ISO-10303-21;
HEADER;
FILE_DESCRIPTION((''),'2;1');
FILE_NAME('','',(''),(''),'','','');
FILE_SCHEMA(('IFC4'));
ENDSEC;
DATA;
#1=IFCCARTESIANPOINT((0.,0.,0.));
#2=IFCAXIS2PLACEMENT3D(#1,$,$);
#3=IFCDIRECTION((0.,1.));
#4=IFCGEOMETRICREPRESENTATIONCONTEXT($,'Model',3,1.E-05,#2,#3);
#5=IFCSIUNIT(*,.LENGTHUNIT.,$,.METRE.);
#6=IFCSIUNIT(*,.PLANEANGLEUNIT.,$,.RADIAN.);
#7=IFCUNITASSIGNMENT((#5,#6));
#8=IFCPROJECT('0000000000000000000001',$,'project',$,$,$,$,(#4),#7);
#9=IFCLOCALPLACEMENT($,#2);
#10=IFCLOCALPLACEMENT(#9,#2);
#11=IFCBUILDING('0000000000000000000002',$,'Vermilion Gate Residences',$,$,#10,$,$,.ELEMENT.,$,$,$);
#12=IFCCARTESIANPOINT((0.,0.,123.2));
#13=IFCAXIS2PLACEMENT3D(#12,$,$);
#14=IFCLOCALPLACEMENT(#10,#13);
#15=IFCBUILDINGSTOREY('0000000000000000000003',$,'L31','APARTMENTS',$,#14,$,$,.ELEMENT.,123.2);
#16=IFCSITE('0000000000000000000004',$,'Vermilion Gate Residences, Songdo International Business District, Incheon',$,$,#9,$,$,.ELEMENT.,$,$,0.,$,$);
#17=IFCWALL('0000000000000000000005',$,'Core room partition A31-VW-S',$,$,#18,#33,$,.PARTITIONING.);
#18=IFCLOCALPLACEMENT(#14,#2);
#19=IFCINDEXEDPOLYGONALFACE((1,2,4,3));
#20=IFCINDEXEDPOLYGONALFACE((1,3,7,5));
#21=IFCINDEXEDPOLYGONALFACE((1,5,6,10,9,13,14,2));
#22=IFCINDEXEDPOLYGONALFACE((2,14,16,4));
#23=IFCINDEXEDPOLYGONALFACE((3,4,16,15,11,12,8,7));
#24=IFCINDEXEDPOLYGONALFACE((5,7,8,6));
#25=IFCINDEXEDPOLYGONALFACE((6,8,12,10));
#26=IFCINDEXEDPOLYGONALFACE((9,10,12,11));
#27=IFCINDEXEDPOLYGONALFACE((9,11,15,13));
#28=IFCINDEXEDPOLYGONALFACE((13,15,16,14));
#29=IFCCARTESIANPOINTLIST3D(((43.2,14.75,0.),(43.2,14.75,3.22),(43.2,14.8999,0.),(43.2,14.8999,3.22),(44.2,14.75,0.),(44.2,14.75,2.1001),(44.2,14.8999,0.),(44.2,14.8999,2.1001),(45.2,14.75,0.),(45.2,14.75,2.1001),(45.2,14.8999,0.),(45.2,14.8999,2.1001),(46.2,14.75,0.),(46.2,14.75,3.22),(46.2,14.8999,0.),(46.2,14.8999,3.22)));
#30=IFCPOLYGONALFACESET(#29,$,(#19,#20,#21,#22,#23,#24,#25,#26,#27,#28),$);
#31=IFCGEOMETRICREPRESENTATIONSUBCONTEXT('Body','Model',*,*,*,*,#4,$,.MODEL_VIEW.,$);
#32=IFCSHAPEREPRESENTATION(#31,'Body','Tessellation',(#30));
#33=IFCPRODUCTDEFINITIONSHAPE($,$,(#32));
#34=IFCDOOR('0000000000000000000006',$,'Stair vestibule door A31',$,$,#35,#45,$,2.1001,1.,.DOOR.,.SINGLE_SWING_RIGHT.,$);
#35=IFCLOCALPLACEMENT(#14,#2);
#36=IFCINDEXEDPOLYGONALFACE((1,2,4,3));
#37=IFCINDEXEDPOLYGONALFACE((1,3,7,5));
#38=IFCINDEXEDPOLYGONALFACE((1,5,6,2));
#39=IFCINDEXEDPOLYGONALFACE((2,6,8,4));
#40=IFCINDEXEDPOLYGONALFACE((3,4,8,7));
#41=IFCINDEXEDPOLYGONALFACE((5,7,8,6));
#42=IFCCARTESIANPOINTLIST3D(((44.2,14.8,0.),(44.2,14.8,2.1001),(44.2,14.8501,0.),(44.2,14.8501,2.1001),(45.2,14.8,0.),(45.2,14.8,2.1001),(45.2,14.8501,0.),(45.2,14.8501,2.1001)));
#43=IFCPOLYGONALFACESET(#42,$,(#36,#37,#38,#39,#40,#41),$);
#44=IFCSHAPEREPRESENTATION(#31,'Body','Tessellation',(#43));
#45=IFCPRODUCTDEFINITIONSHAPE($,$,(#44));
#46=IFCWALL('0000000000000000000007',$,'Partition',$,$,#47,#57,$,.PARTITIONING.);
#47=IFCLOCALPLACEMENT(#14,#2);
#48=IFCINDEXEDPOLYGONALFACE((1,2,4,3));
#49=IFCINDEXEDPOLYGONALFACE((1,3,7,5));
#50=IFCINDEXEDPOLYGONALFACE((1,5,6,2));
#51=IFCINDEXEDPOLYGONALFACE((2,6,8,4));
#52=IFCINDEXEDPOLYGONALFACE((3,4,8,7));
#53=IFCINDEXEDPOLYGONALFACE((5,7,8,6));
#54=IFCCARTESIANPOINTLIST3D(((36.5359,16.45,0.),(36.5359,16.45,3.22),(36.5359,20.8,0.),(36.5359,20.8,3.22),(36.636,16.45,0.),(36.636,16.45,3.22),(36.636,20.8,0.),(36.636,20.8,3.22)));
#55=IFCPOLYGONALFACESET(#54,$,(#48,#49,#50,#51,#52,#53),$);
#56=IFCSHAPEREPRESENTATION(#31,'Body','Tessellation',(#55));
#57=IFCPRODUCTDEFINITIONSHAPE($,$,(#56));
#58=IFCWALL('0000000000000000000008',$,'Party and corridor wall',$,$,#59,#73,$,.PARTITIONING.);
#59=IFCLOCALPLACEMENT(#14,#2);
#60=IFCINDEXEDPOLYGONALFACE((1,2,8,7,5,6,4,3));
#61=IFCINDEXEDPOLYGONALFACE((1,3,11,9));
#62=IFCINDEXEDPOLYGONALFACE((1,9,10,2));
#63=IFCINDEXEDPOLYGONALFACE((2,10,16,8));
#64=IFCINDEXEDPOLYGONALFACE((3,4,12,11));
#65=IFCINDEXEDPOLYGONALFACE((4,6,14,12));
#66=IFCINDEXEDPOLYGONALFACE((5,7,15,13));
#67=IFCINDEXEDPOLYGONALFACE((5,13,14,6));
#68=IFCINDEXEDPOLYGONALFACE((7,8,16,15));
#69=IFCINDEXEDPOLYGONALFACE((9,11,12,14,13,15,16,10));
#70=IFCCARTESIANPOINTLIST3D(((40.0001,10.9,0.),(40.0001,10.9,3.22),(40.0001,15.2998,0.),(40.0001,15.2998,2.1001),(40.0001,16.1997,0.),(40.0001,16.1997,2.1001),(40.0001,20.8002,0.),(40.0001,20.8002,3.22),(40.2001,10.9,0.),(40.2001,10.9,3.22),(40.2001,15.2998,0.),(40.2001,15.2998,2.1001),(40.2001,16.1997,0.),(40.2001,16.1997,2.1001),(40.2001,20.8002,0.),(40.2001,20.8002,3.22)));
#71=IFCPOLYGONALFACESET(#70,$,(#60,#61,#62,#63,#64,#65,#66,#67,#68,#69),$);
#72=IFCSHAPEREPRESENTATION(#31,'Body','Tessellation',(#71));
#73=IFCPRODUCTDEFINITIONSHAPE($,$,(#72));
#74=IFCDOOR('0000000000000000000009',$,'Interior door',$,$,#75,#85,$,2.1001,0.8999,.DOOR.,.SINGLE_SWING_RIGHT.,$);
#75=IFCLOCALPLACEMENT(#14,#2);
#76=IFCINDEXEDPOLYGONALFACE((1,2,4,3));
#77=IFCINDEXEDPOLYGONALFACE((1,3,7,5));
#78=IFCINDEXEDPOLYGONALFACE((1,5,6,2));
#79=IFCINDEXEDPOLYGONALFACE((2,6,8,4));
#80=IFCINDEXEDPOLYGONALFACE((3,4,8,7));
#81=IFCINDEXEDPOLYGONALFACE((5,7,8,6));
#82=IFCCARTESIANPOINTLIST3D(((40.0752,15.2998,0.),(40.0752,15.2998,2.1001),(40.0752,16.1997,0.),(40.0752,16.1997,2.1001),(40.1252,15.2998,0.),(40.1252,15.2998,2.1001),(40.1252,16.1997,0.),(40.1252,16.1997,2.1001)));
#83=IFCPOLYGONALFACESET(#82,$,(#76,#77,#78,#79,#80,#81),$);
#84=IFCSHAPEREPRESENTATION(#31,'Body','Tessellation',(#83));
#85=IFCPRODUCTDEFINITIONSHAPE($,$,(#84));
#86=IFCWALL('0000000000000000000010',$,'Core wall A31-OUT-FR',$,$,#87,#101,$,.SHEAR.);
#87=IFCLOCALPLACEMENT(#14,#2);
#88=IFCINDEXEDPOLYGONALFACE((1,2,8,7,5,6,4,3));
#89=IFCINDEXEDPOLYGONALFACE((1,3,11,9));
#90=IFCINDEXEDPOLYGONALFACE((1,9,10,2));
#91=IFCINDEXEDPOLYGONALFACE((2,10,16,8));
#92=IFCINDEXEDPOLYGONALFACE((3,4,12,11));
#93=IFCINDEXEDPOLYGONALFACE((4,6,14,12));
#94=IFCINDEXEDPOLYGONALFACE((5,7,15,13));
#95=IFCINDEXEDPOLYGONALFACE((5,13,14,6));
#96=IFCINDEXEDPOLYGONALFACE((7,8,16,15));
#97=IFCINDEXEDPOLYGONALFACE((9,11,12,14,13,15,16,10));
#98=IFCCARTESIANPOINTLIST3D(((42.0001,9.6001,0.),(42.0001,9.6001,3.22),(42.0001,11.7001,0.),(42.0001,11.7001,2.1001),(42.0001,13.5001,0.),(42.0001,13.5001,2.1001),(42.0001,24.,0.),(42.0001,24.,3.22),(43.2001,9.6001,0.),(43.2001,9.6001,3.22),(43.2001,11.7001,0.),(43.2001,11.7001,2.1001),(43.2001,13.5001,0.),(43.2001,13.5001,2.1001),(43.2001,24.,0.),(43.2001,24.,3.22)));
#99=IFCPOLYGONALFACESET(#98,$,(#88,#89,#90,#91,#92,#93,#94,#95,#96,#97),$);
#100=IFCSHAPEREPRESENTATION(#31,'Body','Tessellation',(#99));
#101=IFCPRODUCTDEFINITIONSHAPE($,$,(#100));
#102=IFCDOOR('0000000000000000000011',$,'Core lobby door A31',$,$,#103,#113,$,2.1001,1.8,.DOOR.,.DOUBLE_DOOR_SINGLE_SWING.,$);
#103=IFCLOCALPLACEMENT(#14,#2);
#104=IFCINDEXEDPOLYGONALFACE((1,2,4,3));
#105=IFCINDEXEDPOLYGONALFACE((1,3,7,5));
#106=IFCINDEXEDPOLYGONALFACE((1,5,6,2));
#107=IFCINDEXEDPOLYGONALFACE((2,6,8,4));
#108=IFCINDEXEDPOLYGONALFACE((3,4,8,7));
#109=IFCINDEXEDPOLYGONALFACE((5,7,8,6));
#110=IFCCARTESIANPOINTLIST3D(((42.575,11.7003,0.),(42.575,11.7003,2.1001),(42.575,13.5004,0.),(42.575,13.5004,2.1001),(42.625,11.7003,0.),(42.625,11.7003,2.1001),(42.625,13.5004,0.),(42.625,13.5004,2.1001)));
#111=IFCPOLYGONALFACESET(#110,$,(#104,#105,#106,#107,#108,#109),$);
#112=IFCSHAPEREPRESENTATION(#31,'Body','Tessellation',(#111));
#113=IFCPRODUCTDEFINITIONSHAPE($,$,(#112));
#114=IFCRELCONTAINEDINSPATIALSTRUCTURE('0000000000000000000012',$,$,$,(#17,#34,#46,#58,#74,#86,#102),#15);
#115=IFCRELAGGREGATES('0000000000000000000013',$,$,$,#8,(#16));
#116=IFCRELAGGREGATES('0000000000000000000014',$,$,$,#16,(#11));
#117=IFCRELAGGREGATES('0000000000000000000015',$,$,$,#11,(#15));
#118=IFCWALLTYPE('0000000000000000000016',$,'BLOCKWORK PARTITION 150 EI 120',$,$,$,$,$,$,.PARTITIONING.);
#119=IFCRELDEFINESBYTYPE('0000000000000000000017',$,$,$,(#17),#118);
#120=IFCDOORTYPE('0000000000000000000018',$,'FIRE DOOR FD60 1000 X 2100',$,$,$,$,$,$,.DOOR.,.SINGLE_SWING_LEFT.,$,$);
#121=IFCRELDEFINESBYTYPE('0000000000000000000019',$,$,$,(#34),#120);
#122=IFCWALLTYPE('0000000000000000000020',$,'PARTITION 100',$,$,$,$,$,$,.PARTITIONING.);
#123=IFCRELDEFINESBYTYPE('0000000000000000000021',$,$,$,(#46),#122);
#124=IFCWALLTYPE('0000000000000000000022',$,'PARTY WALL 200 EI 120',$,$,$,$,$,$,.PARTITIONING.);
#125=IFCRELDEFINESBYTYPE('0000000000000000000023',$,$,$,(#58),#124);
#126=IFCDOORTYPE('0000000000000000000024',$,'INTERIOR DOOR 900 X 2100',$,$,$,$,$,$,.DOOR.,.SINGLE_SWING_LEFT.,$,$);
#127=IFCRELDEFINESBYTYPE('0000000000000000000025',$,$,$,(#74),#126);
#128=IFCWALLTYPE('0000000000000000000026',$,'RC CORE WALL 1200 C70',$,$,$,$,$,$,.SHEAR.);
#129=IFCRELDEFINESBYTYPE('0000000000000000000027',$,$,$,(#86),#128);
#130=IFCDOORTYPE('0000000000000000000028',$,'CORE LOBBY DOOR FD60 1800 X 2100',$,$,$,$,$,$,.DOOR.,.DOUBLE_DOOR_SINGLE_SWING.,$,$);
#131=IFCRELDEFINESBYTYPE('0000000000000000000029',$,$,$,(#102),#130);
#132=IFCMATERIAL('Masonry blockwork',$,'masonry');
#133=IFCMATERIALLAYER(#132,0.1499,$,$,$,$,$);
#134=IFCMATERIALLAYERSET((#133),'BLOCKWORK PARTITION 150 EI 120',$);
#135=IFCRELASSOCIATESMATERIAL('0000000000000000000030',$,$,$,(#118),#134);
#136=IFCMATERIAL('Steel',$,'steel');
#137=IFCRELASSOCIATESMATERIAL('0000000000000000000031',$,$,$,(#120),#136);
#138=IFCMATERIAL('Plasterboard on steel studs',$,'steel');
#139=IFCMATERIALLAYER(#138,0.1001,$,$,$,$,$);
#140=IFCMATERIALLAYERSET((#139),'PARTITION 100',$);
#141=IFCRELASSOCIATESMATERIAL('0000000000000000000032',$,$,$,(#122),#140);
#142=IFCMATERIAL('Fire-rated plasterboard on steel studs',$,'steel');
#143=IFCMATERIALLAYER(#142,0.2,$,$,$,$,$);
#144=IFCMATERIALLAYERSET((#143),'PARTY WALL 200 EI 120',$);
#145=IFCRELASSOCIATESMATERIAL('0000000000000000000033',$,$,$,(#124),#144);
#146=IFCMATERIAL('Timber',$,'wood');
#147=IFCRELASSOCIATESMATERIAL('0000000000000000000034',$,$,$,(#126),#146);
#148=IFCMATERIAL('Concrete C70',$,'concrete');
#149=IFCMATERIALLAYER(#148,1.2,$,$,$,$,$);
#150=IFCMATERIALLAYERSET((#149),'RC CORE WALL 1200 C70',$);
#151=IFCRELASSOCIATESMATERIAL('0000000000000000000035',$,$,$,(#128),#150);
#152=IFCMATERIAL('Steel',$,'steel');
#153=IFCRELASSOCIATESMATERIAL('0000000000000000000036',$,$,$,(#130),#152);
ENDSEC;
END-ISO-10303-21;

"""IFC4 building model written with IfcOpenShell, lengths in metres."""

from ifc_helpers import new_model, si_unit, direction, frame, frame_2d, origin, place, context, subcontext, project, spatial, rectangle, extrude, material, layer, layer_set, type_object, element, fill, save


model = new_model("IFC4")

# Units and contexts
model_context = context("Model", 3, precision=1e-05, world=origin(), true_north=direction((0.0, 1.0)))
body_context = subcontext(model_context, "Body", "Model", "MODEL_VIEW")
ifc_project = project(units=[si_unit("LENGTHUNIT", "METRE"), si_unit("PLANEANGLEUNIT", "RADIAN")], contexts=[model_context])

# Site, building, storey
site_placement = place(None, origin())
site = spatial("IfcSite", under=ifc_project, at=site_placement, Name="Vermilion Gate Residences, Songdo International Business District, Incheon", CompositionType="ELEMENT", RefElevation=0.0)
building_placement = place(site_placement, origin())
building = spatial("IfcBuilding", under=site, at=building_placement, Name="Vermilion Gate Residences", CompositionType="ELEMENT")
storey_placement = place(building_placement, frame((0.0, 0.0, 123.2)))
storey = spatial("IfcBuildingStorey", under=building, at=storey_placement, Name="L31", Description="APARTMENTS", CompositionType="ELEMENT", Elevation=123.2)

# Wall, opening, door
ifc_material_1 = material(Name="Masonry blockwork", Category="masonry")
ifc_layer_1 = layer(ifc_material_1, 0.1499)
ifc_layer_set_1 = layer_set([ifc_layer_1], Name="BLOCKWORK PARTITION 150 EI 120")
wall_type_1 = type_object("IfcWallType", Name="BLOCKWORK PARTITION 150 EI 120", PredefinedType="PARTITIONING", material=ifc_layer_set_1)
wall_1_placement = place(storey_placement, frame((43.2, 14.825, 0.0), z_axis=(0.0, 0.0, 1.0), x_axis=(1.0, 0.0, 0.0)))
wall_1 = element("IfcWall", 1, at=wall_1_placement, inside=storey, type_object=wall_type_1, Name="Core room partition A31-VW-S", PredefinedType="PARTITIONING", context=body_context, shape_type="SweptSolid", body=[
    extrude(rectangle(XDim=3.0, YDim=0.1499, at=frame_2d((1.5, 0.0))), origin(), (0.0, 0.0, 1.0), 3.22),
])
opening_1_placement = place(wall_1_placement, frame((1.0, 0.0, 0.0)))
opening_1 = element("IfcOpeningElement", 2, at=opening_1_placement, cuts=wall_1, PredefinedType="OPENING", context=body_context, shape_type="SweptSolid", body=[
    extrude(rectangle(XDim=1.0, YDim=2.1001, at=frame_2d((0.5, 1.05))), frame((0.0, 0.085, 0.0), z_axis=(0.0, -1.0, 0.0), x_axis=(1.0, 0.0, 0.0)), (0.0, 0.0, 1.0), 0.1699),
])
ifc_material_2 = material(Name="Steel", Category="steel")
door_type_1 = type_object("IfcDoorType", Name="FIRE DOOR FD60 1000 X 2100", OperationType="SINGLE_SWING_LEFT", PredefinedType="DOOR", material=ifc_material_2)
door_1_placement = place(opening_1_placement, frame((1.0, 0.0, 0.0), z_axis=(0.0, 0.0, 1.0), x_axis=(-1.0, 0.0, 0.0)))
door_1 = element("IfcDoor", 3, at=door_1_placement, inside=storey, type_object=door_type_1, Name="Stair vestibule door A31", OperationType="SINGLE_SWING_RIGHT", OverallHeight=2.1001, OverallWidth=1.0, PredefinedType="DOOR", context=body_context, shape_type="SweptSolid", body=[
    extrude(rectangle(XDim=1.0, YDim=2.1001, at=frame_2d((0.5, 1.05))), frame((0.0, 0.0249, 0.0), z_axis=(0.0, -1.0, 0.0), x_axis=(1.0, 0.0, 0.0)), (0.0, 0.0, 1.0), 0.05),
])
fill(opening_1, door_1)

# Wall
ifc_material_3 = material(Name="Plasterboard on steel studs", Category="steel")
ifc_layer_2 = layer(ifc_material_3, 0.1001)
ifc_layer_set_2 = layer_set([ifc_layer_2], Name="PARTITION 100")
wall_type_2 = type_object("IfcWallType", Name="PARTITION 100", PredefinedType="PARTITIONING", material=ifc_layer_set_2)
wall_2_placement = place(storey_placement, frame((36.5859, 16.45, 0.0), z_axis=(0.0, 0.0, 1.0), x_axis=(0.0, 1.0, 0.0)))
element("IfcWall", 4, at=wall_2_placement, inside=storey, type_object=wall_type_2, Name="Partition", PredefinedType="PARTITIONING", context=body_context, shape_type="SweptSolid", body=[
    extrude(rectangle(XDim=4.3501, YDim=0.1001, at=frame_2d((2.175, 0.0))), origin(), (0.0, 0.0, 1.0), 3.22),
])

# Walls, openings, doors
ifc_material_4 = material(Name="Fire-rated plasterboard on steel studs", Category="steel")
ifc_layer_3 = layer(ifc_material_4, 0.2)
ifc_layer_set_3 = layer_set([ifc_layer_3], Name="PARTY WALL 200 EI 120")
wall_type_3 = type_object("IfcWallType", Name="PARTY WALL 200 EI 120", PredefinedType="PARTITIONING", material=ifc_layer_set_3)
wall_3_placement = place(storey_placement, frame((40.1001, 10.8999, 0.0), z_axis=(0.0, 0.0, 1.0), x_axis=(0.0, 1.0, 0.0)))
wall_3 = element("IfcWall", 5, at=wall_3_placement, inside=storey, type_object=wall_type_3, Name="Party and corridor wall", PredefinedType="PARTITIONING", context=body_context, shape_type="SweptSolid", body=[
    extrude(rectangle(XDim=9.9001, YDim=0.2, at=frame_2d((4.9502, 0.0))), origin(), (0.0, 0.0, 1.0), 3.22),
])
opening_2_placement = place(wall_3_placement, frame((4.3999, 0.0, 0.0)))
opening_2 = element("IfcOpeningElement", 6, at=opening_2_placement, cuts=wall_3, PredefinedType="OPENING", context=body_context, shape_type="SweptSolid", body=[
    extrude(rectangle(XDim=0.8999, YDim=2.1001, at=frame_2d((0.45, 1.05))), frame((0.0, 0.1099, 0.0), z_axis=(0.0, -1.0, 0.0), x_axis=(1.0, 0.0, 0.0)), (0.0, 0.0, 1.0), 0.22),
])
ifc_material_5 = material(Name="Timber", Category="wood")
door_type_2 = type_object("IfcDoorType", Name="INTERIOR DOOR 900 X 2100", OperationType="SINGLE_SWING_LEFT", PredefinedType="DOOR", material=ifc_material_5)
door_2_placement = place(opening_2_placement, origin())
door_2 = element("IfcDoor", 7, at=door_2_placement, inside=storey, type_object=door_type_2, Name="Interior door", OperationType="SINGLE_SWING_RIGHT", OverallHeight=2.1001, OverallWidth=0.8999, PredefinedType="DOOR", context=body_context, shape_type="SweptSolid", body=[
    extrude(rectangle(XDim=0.8999, YDim=2.1001, at=frame_2d((0.45, 1.05))), frame((0.0, 0.0249, 0.0), z_axis=(0.0, -1.0, 0.0), x_axis=(1.0, 0.0, 0.0)), (0.0, 0.0, 1.0), 0.05),
])
fill(opening_2, door_2)
ifc_material_6 = material(Name="Concrete C70", Category="concrete")
ifc_layer_4 = layer(ifc_material_6, 1.2)
ifc_layer_set_4 = layer_set([ifc_layer_4], Name="RC CORE WALL 1200 C70")
wall_type_4 = type_object("IfcWallType", Name="RC CORE WALL 1200 C70", PredefinedType="SHEAR", material=ifc_layer_set_4)
wall_4_placement = place(storey_placement, frame((42.6001, 9.6001, 0.0), z_axis=(0.0, 0.0, 1.0), x_axis=(0.0, 1.0, 0.0)))
wall_4 = element("IfcWall", 8, at=wall_4_placement, inside=storey, type_object=wall_type_4, Name="Core wall A31-OUT-FR", PredefinedType="SHEAR", context=body_context, shape_type="SweptSolid", body=[
    extrude(rectangle(XDim=14.3999, YDim=1.2, at=frame_2d((7.2, 0.0))), origin(), (0.0, 0.0, 1.0), 3.22),
])
opening_3_placement = place(wall_4_placement, frame((2.1001, 0.0, 0.0)))
opening_3 = element("IfcOpeningElement", 9, at=opening_3_placement, cuts=wall_4, PredefinedType="OPENING", context=body_context, shape_type="SweptSolid", body=[
    extrude(rectangle(XDim=1.8, YDim=2.1001, at=frame_2d((0.8999, 1.05))), frame((0.0, 0.6099, 0.0), z_axis=(0.0, -1.0, 0.0), x_axis=(1.0, 0.0, 0.0)), (0.0, 0.0, 1.0), 1.22),
])
ifc_material_7 = material(Name="Steel", Category="steel")
door_type_3 = type_object("IfcDoorType", Name="CORE LOBBY DOOR FD60 1800 X 2100", OperationType="DOUBLE_DOOR_SINGLE_SWING", PredefinedType="DOOR", material=ifc_material_7)
door_3_placement = place(opening_3_placement, frame((1.8, 0.0, 0.0), z_axis=(0.0, 0.0, 1.0), x_axis=(-1.0, 0.0, 0.0)))
door_3 = element("IfcDoor", 10, at=door_3_placement, inside=storey, type_object=door_type_3, Name="Core lobby door A31", OperationType="DOUBLE_DOOR_SINGLE_SWING", OverallHeight=2.1001, OverallWidth=1.8, PredefinedType="DOOR", context=body_context, shape_type="SweptSolid", body=[
    extrude(rectangle(XDim=1.8, YDim=2.1001, at=frame_2d((0.8999, 1.05))), frame((0.0, 0.0249, 0.0), z_axis=(0.0, -1.0, 0.0), x_axis=(1.0, 0.0, 0.0)), (0.0, 0.0, 1.0), 0.05),
])
fill(opening_3, door_3)

save(model, "model.ifc")
